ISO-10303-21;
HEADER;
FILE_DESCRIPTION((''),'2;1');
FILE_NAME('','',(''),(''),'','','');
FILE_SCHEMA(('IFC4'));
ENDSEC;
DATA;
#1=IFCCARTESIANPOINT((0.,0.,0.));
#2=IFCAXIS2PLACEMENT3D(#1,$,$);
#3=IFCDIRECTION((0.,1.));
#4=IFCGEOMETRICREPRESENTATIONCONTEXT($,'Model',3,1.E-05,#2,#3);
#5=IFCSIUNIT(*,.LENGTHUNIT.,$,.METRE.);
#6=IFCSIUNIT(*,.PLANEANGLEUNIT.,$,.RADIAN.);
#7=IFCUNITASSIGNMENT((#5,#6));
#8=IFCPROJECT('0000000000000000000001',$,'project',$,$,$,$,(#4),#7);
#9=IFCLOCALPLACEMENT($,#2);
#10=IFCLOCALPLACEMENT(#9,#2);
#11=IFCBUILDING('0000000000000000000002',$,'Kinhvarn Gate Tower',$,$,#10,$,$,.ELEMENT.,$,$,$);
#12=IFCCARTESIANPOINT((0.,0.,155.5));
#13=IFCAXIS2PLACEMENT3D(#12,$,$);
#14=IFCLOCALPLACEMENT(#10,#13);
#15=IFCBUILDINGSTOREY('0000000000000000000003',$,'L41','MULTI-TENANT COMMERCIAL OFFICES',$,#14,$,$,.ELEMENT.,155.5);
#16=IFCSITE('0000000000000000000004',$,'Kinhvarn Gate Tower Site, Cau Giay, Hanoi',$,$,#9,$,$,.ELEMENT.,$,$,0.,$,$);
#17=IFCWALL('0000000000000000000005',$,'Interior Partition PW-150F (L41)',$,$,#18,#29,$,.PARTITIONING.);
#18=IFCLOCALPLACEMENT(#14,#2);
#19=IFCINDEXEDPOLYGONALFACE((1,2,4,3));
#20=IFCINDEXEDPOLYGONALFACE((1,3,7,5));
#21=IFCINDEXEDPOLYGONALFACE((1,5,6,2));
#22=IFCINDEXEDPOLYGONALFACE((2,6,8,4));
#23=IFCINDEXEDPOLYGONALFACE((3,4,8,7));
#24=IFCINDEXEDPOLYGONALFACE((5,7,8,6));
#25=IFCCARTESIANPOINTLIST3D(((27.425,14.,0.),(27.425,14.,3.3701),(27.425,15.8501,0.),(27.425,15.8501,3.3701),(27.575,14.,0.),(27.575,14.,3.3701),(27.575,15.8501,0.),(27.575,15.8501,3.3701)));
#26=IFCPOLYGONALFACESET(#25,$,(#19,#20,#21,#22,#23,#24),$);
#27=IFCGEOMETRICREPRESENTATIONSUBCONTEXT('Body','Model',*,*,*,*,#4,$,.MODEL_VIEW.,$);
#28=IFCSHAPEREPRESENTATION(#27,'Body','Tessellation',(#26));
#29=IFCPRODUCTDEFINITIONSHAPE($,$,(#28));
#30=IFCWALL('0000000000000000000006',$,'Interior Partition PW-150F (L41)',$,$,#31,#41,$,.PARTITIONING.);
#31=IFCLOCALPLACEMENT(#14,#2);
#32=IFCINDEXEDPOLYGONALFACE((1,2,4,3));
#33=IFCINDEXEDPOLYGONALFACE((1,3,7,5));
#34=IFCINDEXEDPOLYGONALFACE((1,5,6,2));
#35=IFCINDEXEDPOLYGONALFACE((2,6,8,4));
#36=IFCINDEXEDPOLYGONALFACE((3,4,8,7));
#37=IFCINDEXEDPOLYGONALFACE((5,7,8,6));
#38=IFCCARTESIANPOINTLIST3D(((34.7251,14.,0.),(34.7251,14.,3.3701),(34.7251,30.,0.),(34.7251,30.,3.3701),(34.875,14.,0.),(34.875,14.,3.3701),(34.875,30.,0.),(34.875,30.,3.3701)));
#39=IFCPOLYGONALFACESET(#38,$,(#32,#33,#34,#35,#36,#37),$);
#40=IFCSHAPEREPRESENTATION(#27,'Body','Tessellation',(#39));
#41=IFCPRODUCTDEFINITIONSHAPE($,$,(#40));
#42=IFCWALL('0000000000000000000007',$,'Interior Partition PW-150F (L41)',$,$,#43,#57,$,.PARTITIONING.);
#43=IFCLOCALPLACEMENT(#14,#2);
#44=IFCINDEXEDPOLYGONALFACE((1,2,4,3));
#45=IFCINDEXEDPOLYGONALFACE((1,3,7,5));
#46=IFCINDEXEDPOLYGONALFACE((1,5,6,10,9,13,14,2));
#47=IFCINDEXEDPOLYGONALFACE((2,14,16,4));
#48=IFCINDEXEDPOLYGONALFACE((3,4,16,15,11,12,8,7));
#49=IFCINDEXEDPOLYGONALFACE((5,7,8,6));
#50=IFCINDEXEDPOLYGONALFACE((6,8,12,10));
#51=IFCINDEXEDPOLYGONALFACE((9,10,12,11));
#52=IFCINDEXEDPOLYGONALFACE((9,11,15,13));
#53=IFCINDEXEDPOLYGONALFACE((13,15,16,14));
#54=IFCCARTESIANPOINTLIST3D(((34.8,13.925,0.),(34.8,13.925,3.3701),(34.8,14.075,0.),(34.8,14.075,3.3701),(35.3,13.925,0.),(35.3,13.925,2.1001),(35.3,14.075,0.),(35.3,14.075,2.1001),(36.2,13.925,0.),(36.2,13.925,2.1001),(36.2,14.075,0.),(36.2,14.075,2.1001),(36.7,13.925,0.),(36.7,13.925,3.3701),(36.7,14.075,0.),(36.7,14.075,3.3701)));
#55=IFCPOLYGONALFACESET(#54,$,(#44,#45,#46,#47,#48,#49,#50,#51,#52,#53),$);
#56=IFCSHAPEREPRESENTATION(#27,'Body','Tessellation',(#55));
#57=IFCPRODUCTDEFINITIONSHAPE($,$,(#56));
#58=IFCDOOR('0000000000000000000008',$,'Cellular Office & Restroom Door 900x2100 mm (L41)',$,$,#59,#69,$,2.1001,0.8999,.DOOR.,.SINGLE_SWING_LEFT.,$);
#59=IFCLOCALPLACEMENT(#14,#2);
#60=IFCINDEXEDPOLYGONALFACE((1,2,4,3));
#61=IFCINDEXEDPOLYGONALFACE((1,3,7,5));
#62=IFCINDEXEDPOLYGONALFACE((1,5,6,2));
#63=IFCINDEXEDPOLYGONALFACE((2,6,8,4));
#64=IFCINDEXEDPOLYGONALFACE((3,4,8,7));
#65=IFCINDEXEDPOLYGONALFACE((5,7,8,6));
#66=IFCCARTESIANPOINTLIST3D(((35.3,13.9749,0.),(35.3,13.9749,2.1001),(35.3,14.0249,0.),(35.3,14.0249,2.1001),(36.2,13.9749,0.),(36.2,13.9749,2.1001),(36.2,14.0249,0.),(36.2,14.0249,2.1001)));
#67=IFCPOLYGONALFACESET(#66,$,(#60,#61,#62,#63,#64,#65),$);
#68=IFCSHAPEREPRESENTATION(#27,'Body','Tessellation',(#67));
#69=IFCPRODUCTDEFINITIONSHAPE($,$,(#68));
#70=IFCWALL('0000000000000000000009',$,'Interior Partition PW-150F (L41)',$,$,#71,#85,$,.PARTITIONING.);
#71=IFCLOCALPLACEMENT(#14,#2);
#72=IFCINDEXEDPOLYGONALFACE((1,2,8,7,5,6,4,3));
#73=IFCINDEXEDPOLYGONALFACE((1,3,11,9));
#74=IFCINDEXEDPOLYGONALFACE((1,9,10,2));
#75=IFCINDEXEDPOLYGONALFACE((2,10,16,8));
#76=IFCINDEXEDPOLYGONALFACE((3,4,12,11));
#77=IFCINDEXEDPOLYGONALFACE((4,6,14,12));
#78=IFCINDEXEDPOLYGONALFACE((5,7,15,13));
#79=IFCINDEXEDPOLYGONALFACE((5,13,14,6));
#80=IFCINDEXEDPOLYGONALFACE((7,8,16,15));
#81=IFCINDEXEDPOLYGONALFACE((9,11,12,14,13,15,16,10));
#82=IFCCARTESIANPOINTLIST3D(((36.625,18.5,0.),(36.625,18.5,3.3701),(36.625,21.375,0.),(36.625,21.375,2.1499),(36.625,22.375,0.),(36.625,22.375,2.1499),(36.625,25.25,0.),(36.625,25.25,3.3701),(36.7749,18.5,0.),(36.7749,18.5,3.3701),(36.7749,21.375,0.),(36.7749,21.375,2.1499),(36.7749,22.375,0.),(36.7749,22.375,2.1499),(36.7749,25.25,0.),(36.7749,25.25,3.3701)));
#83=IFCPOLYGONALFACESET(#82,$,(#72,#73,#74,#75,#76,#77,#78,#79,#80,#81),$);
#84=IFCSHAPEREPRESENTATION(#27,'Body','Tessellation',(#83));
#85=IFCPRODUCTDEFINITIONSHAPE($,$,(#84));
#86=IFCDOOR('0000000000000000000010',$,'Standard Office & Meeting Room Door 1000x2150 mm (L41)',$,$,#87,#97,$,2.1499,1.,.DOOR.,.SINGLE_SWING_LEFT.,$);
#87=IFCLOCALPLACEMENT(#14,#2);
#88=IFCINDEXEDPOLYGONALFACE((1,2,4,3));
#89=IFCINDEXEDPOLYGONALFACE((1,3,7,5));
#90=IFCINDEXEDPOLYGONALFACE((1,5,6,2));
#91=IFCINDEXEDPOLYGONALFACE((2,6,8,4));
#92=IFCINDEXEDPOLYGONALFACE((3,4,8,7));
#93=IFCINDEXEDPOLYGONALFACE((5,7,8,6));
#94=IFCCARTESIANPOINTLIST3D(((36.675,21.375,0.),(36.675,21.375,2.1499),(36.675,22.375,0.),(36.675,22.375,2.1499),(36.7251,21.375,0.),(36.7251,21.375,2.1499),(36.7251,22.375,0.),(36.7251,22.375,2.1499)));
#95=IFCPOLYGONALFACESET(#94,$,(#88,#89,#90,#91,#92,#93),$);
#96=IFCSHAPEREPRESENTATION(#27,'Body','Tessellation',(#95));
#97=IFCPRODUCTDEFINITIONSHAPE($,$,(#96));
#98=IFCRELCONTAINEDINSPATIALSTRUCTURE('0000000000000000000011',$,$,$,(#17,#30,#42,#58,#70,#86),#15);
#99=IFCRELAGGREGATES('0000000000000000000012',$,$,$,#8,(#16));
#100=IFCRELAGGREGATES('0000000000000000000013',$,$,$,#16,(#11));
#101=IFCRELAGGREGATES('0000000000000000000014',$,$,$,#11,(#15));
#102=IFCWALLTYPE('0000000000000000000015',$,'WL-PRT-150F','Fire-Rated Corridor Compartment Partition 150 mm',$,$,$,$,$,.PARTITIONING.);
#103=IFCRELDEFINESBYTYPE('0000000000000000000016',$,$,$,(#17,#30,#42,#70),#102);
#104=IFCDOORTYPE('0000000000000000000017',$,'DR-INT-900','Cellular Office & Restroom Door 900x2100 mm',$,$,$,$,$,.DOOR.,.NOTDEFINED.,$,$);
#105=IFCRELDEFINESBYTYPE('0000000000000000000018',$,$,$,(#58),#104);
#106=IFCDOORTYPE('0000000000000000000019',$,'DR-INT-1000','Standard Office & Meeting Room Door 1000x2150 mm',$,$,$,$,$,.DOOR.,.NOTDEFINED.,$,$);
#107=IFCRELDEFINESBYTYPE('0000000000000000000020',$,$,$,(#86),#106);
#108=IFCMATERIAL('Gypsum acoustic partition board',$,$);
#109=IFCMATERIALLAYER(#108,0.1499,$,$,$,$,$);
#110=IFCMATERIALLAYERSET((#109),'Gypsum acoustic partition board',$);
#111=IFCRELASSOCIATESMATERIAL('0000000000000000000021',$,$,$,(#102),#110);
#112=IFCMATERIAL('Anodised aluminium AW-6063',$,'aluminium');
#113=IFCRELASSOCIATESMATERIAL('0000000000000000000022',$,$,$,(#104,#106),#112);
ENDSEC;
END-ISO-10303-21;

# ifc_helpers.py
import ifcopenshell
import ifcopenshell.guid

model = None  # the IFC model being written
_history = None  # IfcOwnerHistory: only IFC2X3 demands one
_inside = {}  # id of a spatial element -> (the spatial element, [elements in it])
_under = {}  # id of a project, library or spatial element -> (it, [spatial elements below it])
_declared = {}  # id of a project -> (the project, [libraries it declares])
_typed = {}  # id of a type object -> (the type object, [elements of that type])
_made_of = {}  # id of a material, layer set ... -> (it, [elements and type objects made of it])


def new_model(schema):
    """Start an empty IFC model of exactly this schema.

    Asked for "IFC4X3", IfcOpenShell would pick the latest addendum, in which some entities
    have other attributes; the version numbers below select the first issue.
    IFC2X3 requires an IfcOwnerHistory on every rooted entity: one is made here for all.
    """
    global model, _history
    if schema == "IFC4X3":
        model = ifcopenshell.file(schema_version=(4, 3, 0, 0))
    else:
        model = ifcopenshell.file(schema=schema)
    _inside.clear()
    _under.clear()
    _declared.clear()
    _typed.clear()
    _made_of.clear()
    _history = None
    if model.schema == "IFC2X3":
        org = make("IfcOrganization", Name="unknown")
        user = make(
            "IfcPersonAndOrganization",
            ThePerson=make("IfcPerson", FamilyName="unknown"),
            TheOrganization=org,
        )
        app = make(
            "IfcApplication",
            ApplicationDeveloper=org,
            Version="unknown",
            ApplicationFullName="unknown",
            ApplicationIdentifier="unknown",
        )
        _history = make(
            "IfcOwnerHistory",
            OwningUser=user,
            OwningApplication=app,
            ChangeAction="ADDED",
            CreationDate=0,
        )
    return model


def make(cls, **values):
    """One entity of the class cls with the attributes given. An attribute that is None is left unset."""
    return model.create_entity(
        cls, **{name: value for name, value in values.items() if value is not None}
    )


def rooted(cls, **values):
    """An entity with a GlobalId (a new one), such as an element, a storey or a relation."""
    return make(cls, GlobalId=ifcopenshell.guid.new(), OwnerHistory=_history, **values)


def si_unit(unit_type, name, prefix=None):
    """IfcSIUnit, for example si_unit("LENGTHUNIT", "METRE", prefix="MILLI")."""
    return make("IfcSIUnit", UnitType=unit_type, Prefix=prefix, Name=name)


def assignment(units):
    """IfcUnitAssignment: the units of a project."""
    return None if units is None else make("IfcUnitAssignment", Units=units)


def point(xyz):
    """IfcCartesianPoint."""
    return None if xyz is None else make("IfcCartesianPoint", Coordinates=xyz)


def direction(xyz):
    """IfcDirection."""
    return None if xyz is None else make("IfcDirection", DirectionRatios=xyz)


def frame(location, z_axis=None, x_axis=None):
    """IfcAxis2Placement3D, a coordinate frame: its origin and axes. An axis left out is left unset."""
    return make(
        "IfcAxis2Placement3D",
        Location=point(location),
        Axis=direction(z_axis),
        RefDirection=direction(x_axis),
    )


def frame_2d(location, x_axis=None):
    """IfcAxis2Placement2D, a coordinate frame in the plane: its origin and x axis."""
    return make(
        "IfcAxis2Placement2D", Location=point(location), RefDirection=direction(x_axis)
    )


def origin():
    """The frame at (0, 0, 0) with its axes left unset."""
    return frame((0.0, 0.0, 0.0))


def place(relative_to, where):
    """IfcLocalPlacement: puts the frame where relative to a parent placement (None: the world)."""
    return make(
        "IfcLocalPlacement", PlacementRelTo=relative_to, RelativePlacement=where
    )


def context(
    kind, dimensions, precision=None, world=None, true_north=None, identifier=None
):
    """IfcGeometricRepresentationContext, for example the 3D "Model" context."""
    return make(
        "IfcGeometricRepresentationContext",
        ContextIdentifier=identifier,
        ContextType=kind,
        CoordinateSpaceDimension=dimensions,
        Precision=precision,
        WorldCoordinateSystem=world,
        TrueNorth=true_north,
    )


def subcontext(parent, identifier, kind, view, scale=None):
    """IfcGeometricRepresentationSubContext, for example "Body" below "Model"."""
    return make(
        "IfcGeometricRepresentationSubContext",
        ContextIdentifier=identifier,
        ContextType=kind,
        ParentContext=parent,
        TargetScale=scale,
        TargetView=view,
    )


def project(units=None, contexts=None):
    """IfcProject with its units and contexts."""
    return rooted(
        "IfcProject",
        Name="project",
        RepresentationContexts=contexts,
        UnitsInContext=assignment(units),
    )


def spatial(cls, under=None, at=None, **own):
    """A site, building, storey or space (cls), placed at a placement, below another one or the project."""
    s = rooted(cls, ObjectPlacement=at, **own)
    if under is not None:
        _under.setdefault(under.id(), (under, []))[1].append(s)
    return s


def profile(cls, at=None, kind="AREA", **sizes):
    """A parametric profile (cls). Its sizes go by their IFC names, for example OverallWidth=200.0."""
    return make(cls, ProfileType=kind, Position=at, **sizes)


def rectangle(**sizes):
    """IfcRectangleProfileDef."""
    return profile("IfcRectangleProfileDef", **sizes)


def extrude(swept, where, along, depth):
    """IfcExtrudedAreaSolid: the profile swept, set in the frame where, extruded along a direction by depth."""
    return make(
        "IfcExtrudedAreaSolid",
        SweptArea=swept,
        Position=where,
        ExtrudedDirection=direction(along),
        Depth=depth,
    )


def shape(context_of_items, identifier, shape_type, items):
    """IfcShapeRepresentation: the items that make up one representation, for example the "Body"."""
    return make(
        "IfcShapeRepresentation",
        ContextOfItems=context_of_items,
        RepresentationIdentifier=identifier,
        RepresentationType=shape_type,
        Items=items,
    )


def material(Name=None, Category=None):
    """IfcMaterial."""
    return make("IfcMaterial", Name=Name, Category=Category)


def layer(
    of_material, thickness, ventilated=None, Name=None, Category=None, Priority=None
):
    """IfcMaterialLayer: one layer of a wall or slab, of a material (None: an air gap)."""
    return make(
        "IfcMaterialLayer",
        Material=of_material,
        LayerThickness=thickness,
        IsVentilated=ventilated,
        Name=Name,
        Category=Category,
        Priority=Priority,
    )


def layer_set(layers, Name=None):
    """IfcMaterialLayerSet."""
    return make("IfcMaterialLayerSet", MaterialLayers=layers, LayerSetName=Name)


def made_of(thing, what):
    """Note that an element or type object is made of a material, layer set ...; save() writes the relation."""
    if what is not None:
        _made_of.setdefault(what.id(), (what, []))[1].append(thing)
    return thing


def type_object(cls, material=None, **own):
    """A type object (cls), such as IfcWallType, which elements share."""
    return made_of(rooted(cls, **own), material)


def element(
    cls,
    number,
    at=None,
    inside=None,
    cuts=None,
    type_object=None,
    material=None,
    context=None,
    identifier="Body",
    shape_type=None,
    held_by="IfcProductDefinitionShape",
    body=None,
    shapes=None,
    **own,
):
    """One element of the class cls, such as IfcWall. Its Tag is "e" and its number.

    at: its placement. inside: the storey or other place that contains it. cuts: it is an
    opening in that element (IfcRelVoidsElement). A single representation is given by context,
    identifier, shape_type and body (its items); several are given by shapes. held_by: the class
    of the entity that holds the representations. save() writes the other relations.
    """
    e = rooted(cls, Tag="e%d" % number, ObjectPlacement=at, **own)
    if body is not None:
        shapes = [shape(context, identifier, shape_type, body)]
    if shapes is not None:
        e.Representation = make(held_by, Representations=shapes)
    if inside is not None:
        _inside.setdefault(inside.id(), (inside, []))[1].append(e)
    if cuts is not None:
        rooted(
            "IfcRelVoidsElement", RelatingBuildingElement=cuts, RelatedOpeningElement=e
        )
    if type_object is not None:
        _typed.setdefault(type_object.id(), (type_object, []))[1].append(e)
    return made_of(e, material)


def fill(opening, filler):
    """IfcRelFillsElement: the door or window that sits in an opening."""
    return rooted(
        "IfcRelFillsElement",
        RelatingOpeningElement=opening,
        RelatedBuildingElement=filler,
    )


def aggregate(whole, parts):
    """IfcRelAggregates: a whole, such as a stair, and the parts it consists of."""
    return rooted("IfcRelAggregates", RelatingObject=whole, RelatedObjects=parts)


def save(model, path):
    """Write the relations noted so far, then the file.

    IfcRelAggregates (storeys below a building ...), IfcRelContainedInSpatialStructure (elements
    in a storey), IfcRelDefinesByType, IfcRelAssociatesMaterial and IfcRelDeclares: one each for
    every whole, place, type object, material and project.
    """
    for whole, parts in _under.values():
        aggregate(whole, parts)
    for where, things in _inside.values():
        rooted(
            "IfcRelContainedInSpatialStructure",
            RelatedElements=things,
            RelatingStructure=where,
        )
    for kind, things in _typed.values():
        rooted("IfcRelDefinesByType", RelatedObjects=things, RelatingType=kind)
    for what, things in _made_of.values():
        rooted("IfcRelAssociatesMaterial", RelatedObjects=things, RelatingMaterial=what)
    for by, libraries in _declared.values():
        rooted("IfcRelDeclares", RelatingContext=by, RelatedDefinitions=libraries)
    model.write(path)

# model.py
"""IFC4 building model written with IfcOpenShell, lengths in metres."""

from ifc_helpers import new_model, si_unit, direction, frame, frame_2d, origin, place, context, subcontext, project, spatial, rectangle, extrude, material, layer, layer_set, type_object, element, fill, save


model = new_model("IFC4")

# Units and contexts
model_context = context("Model", 3, precision=1e-05, world=origin(), true_north=direction((0.0, 1.0)))
body_context = subcontext(model_context, "Body", "Model", "MODEL_VIEW")
ifc_project = project(units=[si_unit("LENGTHUNIT", "METRE"), si_unit("PLANEANGLEUNIT", "RADIAN")], contexts=[model_context])

# Site, building, storey
site_placement = place(None, origin())
site = spatial("IfcSite", under=ifc_project, at=site_placement, Name="Kinhvarn Gate Tower Site, Cau Giay, Hanoi", CompositionType="ELEMENT", RefElevation=0.0)
building_placement = place(site_placement, origin())
building = spatial("IfcBuilding", under=site, at=building_placement, Name="Kinhvarn Gate Tower", CompositionType="ELEMENT")
storey_placement = place(building_placement, frame((0.0, 0.0, 155.5)))
storey = spatial("IfcBuildingStorey", under=building, at=storey_placement, Name="L41", Description="MULTI-TENANT COMMERCIAL OFFICES", CompositionType="ELEMENT", Elevation=155.5)

# Walls
ifc_material_1 = material(Name="Gypsum acoustic partition board")
ifc_layer_1 = layer(ifc_material_1, 0.1499)
ifc_layer_set_1 = layer_set([ifc_layer_1], Name="Gypsum acoustic partition board")
wall_type_1 = type_object("IfcWallType", Name="WL-PRT-150F", Description="Fire-Rated Corridor Compartment Partition 150 mm", PredefinedType="PARTITIONING", material=ifc_layer_set_1)
wall_1_placement = place(storey_placement, frame((27.5, 14.0, 0.0), z_axis=(0.0, 0.0, 1.0), x_axis=(0.0, 1.0, 0.0)))
element("IfcWall", 1, at=wall_1_placement, inside=storey, type_object=wall_type_1, Name="Interior Partition PW-150F (L41)", PredefinedType="PARTITIONING", context=body_context, shape_type="SweptSolid", body=[
    extrude(rectangle(XDim=1.8501, YDim=0.1499, at=frame_2d((0.925, 0.0))), origin(), (0.0, 0.0, 1.0), 3.3701),
])
wall_2_placement = place(storey_placement, frame((34.8, 14.0, 0.0), z_axis=(0.0, 0.0, 1.0), x_axis=(0.0, 1.0, 0.0)))
element("IfcWall", 2, at=wall_2_placement, inside=storey, type_object=wall_type_1, Name="Interior Partition PW-150F (L41)", PredefinedType="PARTITIONING", context=body_context, shape_type="SweptSolid", body=[
    extrude(rectangle(XDim=16.0, YDim=0.1499, at=frame_2d((8.0, 0.0))), origin(), (0.0, 0.0, 1.0), 3.3701),
])

# Walls, openings, doors
wall_3_placement = place(storey_placement, frame((34.8, 14.0, 0.0), z_axis=(0.0, 0.0, 1.0), x_axis=(1.0, 0.0, 0.0)))
wall_3 = element("IfcWall", 3, at=wall_3_placement, inside=storey, type_object=wall_type_1, Name="Interior Partition PW-150F (L41)", PredefinedType="PARTITIONING", context=body_context, shape_type="SweptSolid", body=[
    extrude(rectangle(XDim=1.8999, YDim=0.1499, at=frame_2d((0.95, 0.0))), origin(), (0.0, 0.0, 1.0), 3.3701),
])
opening_1_placement = place(wall_3_placement, frame((0.5, 0.0, 0.0)))
opening_1 = element("IfcOpeningElement", 4, at=opening_1_placement, cuts=wall_3, PredefinedType="OPENING", context=body_context, shape_type="SweptSolid", body=[
    extrude(rectangle(XDim=0.8999, YDim=2.1001, at=frame_2d((0.45, 1.05))), frame((0.0, 0.085, 0.0), z_axis=(0.0, -1.0, 0.0), x_axis=(1.0, 0.0, 0.0)), (0.0, 0.0, 1.0), 0.1699),
])
ifc_material_2 = material(Name="Anodised aluminium AW-6063", Category="aluminium")
door_type_1 = type_object("IfcDoorType", Name="DR-INT-900", Description="Cellular Office & Restroom Door 900x2100 mm", OperationType="NOTDEFINED", PredefinedType="DOOR", material=ifc_material_2)
door_1_placement = place(opening_1_placement, origin())
door_1 = element("IfcDoor", 5, at=door_1_placement, inside=storey, type_object=door_type_1, Name="Cellular Office & Restroom Door 900x2100 mm (L41)", OperationType="SINGLE_SWING_LEFT", OverallHeight=2.1001, OverallWidth=0.8999, PredefinedType="DOOR", context=body_context, shape_type="SweptSolid", body=[
    extrude(rectangle(XDim=0.8999, YDim=2.1001, at=frame_2d((0.45, 1.05))), frame((0.0, 0.0249, 0.0), z_axis=(0.0, -1.0, 0.0), x_axis=(1.0, 0.0, 0.0)), (0.0, 0.0, 1.0), 0.05),
])
fill(opening_1, door_1)
door_type_2 = type_object("IfcDoorType", Name="DR-INT-1000", Description="Standard Office & Meeting Room Door 1000x2150 mm", OperationType="NOTDEFINED", PredefinedType="DOOR", material=ifc_material_2)
wall_4_placement = place(storey_placement, frame((36.7, 18.5, 0.0), z_axis=(0.0, 0.0, 1.0), x_axis=(0.0, 1.0, 0.0)))
wall_4 = element("IfcWall", 6, at=wall_4_placement, inside=storey, type_object=wall_type_1, Name="Interior Partition PW-150F (L41)", PredefinedType="PARTITIONING", context=body_context, shape_type="SweptSolid", body=[
    extrude(rectangle(XDim=6.75, YDim=0.1499, at=frame_2d((3.375, 0.0))), origin(), (0.0, 0.0, 1.0), 3.3701),
])
opening_2_placement = place(wall_4_placement, frame((2.875, 0.0, 0.0)))
opening_2 = element("IfcOpeningElement", 7, at=opening_2_placement, cuts=wall_4, PredefinedType="OPENING", context=body_context, shape_type="SweptSolid", body=[
    extrude(rectangle(XDim=1.0, YDim=2.1499, at=frame_2d((0.5, 1.075))), frame((0.0, 0.085, 0.0), z_axis=(0.0, -1.0, 0.0), x_axis=(1.0, 0.0, 0.0)), (0.0, 0.0, 1.0), 0.1699),
])
door_2_placement = place(opening_2_placement, origin())
door_2 = element("IfcDoor", 8, at=door_2_placement, inside=storey, type_object=door_type_2, Name="Standard Office & Meeting Room Door 1000x2150 mm (L41)", OperationType="SINGLE_SWING_LEFT", OverallHeight=2.1499, OverallWidth=1.0, PredefinedType="DOOR", context=body_context, shape_type="SweptSolid", body=[
    extrude(rectangle(XDim=1.0, YDim=2.1499, at=frame_2d((0.5, 1.075))), frame((0.0, 0.0249, 0.0), z_axis=(0.0, -1.0, 0.0), x_axis=(1.0, 0.0, 0.0)), (0.0, 0.0, 1.0), 0.05),
])
fill(opening_2, door_2)

save(model, "model.ifc")
